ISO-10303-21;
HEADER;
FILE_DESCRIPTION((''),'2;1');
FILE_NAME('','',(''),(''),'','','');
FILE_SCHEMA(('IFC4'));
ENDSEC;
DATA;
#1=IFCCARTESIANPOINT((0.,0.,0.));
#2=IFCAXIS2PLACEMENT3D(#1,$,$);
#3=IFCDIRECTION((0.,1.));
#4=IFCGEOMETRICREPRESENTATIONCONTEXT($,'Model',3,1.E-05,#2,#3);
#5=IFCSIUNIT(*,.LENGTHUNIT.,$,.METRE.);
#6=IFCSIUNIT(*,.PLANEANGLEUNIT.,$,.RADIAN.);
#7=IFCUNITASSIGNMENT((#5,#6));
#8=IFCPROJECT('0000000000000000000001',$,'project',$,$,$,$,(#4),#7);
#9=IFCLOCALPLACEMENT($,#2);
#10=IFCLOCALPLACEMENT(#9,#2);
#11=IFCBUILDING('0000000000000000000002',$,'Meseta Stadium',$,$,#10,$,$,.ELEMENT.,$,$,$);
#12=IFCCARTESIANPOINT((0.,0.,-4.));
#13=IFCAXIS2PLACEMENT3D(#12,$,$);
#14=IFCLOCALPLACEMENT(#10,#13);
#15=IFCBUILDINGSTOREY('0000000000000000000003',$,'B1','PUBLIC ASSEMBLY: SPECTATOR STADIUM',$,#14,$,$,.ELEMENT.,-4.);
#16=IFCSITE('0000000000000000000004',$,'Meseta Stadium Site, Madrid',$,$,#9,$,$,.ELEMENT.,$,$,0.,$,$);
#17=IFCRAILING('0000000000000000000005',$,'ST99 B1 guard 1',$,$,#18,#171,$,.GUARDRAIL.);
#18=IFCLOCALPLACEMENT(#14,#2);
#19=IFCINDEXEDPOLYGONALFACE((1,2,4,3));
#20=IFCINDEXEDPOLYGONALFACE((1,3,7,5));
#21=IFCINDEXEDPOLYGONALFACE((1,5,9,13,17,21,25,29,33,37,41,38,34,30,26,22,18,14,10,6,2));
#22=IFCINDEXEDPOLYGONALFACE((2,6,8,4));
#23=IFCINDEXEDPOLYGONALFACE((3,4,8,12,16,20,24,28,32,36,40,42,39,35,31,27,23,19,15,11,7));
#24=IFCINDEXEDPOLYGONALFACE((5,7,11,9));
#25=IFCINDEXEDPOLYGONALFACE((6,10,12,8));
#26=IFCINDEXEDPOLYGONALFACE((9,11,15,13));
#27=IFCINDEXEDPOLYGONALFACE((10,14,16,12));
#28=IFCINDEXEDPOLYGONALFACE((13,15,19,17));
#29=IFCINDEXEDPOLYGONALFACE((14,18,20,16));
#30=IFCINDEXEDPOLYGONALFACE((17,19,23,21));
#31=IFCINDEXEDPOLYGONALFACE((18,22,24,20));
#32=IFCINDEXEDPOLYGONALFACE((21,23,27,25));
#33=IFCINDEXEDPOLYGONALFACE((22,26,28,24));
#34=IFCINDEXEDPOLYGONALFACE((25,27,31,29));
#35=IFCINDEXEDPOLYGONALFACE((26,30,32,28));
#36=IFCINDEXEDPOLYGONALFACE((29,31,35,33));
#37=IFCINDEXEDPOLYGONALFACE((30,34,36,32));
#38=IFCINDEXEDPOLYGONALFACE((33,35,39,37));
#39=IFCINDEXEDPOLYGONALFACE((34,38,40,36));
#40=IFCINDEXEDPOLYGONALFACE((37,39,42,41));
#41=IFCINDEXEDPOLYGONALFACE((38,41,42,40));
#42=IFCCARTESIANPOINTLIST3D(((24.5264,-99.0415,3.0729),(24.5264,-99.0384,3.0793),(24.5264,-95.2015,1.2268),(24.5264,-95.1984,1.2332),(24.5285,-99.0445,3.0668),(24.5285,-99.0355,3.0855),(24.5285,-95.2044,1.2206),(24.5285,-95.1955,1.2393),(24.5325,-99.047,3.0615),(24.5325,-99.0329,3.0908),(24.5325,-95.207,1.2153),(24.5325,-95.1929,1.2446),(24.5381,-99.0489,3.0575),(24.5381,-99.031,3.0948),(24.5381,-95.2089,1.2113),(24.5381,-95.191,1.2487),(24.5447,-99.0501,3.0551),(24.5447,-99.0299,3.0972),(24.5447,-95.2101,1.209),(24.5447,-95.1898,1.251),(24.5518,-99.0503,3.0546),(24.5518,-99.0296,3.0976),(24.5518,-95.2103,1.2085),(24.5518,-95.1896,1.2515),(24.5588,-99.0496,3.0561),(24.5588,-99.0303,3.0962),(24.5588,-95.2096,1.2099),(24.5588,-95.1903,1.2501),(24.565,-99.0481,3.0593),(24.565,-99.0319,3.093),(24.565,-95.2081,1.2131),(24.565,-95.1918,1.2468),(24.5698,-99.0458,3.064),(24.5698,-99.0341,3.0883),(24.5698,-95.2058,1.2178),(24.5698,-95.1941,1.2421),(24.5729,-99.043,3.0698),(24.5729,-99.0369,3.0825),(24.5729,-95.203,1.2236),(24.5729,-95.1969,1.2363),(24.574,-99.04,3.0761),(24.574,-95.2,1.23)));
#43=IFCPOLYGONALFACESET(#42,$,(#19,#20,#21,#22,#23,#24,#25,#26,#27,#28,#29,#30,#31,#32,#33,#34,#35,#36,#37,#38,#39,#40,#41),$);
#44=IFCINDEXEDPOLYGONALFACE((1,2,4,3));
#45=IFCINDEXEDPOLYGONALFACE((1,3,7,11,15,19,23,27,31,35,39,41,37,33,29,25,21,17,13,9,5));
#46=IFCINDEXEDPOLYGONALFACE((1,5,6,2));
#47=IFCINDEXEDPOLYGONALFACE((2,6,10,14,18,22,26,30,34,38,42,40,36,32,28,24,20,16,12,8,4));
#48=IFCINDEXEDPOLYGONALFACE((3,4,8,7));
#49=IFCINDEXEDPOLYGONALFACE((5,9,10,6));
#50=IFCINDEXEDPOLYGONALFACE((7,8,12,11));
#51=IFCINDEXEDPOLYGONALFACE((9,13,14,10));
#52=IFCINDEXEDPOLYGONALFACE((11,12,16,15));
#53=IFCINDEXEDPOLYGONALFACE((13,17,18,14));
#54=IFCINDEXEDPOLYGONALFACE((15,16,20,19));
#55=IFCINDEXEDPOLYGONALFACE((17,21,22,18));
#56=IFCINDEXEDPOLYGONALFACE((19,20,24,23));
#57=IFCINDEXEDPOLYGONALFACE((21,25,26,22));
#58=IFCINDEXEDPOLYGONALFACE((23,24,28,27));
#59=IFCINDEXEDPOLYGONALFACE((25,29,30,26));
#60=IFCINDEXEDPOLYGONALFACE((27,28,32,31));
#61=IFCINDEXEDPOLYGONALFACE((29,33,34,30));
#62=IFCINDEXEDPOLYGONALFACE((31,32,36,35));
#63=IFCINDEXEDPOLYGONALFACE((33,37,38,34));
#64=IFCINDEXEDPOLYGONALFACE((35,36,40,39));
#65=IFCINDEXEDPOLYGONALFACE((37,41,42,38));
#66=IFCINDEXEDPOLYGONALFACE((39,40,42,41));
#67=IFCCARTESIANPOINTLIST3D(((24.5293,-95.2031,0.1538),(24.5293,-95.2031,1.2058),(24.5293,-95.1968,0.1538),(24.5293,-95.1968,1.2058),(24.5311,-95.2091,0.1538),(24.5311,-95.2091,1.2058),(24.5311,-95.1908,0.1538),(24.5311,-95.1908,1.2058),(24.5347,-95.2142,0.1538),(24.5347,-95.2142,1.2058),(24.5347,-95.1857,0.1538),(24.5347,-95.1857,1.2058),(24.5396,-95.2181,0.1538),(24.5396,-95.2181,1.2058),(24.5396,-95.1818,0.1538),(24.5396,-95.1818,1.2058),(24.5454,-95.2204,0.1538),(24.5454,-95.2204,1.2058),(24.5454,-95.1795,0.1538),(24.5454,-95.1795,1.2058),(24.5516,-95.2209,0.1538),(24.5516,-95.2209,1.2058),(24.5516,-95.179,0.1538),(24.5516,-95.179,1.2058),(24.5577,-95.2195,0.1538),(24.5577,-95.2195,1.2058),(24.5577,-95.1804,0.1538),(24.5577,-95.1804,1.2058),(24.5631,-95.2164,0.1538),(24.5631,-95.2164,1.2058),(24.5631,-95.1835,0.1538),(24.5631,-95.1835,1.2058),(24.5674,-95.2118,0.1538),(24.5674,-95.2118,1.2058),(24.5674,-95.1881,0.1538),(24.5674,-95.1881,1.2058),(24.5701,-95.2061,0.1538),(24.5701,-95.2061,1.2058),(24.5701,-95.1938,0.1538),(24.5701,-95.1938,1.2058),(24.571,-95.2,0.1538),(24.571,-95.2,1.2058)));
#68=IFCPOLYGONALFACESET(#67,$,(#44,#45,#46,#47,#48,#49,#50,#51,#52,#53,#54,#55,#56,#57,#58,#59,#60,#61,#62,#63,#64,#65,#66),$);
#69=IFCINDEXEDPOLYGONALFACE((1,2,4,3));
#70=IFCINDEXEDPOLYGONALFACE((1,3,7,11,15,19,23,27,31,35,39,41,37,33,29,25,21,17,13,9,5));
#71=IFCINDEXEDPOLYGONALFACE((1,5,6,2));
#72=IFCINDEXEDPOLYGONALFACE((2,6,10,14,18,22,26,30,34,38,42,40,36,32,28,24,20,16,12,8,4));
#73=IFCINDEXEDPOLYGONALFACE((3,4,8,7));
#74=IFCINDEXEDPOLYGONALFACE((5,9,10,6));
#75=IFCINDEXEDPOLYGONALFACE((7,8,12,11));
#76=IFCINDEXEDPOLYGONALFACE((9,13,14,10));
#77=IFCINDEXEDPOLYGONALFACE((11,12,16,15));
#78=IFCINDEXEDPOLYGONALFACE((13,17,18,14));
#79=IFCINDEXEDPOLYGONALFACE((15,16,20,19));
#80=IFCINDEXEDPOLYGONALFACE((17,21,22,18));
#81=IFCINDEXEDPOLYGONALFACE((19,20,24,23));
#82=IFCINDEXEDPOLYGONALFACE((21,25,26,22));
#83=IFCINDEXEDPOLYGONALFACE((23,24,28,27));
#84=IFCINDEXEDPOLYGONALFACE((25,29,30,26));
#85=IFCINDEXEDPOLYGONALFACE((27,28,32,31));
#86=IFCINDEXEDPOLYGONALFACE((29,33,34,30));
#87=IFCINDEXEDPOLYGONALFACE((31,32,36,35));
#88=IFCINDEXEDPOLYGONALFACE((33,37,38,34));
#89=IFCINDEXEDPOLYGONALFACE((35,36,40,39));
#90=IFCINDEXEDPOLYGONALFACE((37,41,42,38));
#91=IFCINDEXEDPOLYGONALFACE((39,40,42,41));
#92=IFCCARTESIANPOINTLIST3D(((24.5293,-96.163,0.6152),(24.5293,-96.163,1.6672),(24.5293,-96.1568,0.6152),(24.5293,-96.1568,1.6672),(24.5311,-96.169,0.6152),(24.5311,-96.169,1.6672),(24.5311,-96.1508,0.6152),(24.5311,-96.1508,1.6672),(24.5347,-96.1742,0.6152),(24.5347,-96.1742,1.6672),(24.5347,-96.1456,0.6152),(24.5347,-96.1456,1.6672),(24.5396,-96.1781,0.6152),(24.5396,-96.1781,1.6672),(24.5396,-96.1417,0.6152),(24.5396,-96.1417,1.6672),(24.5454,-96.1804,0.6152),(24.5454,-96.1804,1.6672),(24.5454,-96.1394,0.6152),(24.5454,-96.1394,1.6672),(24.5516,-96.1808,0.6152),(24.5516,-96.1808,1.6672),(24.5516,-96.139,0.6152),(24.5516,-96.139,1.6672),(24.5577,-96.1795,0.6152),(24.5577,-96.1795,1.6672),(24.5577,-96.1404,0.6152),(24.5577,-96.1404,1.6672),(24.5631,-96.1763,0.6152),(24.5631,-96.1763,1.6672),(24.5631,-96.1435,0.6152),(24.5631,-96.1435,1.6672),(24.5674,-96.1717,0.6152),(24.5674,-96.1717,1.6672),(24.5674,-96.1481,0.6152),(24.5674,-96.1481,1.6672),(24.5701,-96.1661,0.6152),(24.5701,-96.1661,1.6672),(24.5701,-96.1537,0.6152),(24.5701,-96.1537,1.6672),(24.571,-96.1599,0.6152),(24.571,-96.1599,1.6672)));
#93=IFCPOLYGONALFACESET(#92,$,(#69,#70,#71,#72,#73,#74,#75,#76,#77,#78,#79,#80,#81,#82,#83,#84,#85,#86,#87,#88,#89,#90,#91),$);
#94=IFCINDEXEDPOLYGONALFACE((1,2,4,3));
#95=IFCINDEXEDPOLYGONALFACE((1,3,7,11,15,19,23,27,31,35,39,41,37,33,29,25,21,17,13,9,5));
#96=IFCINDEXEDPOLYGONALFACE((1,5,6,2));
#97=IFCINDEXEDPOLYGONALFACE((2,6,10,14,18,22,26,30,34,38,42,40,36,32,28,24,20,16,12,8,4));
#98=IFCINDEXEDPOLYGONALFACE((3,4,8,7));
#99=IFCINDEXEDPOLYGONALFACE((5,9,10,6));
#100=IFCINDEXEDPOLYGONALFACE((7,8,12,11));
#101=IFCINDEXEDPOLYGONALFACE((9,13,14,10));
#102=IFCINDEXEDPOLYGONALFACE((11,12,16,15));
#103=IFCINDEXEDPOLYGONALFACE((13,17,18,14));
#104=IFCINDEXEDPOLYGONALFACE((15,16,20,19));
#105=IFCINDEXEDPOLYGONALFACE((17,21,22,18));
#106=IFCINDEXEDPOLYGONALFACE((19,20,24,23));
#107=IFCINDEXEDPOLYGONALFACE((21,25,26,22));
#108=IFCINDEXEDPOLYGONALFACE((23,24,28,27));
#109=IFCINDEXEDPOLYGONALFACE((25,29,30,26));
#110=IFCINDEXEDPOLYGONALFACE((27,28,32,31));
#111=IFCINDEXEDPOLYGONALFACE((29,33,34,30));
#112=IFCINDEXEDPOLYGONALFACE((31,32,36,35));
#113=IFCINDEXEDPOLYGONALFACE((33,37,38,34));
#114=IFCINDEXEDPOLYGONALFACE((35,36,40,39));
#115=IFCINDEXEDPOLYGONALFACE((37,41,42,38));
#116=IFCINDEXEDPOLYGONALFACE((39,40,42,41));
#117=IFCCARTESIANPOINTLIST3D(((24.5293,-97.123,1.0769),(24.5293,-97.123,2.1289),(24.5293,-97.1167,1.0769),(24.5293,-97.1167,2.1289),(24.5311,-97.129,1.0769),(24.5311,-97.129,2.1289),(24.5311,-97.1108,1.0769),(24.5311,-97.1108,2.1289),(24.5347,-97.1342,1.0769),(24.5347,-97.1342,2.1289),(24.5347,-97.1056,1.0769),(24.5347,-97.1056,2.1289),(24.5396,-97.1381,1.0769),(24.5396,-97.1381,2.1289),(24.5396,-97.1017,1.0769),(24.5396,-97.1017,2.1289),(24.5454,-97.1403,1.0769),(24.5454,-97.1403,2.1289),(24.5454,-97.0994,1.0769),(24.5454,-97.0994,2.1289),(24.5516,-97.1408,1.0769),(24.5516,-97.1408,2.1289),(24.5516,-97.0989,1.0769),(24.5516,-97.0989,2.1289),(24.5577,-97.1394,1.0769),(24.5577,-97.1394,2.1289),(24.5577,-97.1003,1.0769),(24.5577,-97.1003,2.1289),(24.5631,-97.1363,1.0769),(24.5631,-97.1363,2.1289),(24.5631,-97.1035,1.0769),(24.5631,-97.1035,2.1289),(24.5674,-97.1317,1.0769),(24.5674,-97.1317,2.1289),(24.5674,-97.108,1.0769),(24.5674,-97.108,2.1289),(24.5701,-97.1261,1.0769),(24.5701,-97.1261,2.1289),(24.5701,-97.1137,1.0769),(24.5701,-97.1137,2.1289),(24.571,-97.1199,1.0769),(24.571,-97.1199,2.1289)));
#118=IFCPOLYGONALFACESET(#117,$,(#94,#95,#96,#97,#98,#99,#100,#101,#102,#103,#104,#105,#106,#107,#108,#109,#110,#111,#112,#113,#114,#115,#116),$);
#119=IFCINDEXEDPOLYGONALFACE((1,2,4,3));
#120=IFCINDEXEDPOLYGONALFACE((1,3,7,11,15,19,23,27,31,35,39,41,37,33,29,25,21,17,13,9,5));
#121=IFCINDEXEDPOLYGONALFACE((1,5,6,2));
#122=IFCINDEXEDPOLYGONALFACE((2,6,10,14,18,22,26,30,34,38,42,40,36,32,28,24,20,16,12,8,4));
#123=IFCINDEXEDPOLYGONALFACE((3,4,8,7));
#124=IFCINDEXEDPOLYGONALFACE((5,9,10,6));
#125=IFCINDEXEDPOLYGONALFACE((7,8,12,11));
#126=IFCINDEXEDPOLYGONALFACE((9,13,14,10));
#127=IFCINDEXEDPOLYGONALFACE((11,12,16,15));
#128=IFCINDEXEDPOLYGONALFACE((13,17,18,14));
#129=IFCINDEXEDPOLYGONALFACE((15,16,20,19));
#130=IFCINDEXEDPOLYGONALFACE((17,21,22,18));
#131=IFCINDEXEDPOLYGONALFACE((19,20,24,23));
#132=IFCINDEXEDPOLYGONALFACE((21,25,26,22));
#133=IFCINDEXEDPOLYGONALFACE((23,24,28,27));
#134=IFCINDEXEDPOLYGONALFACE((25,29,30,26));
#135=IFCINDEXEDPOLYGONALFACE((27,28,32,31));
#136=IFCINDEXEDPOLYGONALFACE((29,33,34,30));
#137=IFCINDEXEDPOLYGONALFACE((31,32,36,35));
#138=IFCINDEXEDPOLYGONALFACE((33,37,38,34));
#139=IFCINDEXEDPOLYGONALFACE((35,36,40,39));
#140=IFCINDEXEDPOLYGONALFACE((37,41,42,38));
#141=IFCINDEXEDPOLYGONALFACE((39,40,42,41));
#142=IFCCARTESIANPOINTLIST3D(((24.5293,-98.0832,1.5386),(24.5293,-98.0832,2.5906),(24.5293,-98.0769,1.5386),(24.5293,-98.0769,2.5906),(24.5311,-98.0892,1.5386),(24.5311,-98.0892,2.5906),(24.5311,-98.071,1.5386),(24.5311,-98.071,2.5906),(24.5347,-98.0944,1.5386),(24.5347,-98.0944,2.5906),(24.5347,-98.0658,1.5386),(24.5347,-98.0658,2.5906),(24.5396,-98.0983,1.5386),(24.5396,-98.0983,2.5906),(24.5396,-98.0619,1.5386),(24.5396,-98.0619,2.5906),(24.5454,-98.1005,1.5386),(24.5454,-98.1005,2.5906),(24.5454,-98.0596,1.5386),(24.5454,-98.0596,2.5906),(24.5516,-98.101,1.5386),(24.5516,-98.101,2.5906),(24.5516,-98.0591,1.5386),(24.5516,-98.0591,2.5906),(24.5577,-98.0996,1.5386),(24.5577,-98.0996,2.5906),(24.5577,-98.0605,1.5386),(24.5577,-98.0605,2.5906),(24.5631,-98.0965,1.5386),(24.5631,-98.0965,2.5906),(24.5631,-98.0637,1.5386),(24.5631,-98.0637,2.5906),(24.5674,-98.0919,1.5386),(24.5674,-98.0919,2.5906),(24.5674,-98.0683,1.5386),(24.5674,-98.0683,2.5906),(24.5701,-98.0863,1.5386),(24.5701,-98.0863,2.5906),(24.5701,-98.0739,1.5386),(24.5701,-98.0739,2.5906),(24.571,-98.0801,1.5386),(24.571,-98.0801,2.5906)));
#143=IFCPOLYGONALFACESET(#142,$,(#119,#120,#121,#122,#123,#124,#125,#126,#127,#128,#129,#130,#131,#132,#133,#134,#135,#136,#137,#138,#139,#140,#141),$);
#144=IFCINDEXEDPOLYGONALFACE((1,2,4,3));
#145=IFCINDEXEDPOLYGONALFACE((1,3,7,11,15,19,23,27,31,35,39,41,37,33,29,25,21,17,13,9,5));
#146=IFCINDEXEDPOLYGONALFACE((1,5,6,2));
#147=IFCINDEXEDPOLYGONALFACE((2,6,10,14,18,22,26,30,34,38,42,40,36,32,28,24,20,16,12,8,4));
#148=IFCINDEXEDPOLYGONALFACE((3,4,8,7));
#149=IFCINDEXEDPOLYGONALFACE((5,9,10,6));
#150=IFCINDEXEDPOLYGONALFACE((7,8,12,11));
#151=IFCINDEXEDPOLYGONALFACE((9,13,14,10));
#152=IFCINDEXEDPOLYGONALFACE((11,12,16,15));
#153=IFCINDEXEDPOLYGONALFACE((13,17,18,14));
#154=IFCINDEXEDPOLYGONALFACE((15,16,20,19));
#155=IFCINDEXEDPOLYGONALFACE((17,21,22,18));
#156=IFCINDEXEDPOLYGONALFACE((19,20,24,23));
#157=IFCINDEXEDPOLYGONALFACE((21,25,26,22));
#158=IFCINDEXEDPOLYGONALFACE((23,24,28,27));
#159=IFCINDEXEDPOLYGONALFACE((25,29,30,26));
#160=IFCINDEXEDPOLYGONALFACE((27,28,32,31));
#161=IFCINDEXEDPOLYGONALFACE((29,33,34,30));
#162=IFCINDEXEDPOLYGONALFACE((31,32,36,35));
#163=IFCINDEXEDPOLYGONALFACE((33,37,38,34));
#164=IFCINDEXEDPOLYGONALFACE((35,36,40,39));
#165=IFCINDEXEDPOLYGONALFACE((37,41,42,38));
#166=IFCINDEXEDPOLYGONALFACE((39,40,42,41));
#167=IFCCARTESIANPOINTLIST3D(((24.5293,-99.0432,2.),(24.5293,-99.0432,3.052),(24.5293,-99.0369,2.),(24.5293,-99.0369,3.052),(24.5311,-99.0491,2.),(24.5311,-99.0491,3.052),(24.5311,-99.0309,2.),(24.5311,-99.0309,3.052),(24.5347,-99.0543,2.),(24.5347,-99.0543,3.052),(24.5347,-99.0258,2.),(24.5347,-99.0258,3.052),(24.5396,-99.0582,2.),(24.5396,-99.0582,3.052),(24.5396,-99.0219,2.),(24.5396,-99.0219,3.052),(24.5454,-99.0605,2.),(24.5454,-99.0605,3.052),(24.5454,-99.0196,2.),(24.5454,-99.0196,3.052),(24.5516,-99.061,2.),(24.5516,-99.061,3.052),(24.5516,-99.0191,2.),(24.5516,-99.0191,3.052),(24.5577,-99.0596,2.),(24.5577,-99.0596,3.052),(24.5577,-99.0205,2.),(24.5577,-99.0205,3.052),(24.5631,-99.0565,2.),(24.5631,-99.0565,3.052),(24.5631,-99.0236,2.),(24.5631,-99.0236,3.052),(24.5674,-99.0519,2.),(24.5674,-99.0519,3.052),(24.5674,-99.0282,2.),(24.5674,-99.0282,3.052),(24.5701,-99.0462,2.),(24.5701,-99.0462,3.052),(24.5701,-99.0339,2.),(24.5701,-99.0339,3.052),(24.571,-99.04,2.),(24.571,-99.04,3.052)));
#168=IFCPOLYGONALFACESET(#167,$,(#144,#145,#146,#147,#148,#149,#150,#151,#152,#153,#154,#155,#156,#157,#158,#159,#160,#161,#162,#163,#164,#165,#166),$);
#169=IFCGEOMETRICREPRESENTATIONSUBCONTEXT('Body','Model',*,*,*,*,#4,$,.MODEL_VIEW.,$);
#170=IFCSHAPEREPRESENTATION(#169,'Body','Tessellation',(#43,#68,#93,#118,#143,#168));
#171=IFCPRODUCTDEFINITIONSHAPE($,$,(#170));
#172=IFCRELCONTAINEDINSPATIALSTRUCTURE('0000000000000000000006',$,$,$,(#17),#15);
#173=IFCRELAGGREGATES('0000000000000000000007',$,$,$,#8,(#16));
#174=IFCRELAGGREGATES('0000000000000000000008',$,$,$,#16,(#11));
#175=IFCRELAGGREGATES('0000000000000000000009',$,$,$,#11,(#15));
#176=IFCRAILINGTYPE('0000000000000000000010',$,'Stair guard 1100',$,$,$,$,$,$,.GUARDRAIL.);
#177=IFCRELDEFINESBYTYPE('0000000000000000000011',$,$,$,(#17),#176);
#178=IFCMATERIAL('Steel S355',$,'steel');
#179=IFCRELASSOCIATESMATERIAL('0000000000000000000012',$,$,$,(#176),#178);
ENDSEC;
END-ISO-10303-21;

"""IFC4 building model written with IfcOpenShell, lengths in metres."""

from ifc_helpers import new_model, si_unit, direction, frame, origin, origin_2d, place, context, subcontext, project, spatial, circle, extrude, material, type_object, element, save


model = new_model("IFC4")

# Units and contexts
model_context = context("Model", 3, precision=1e-05, world=origin(), true_north=direction((0.0, 1.0)))
body_context = subcontext(model_context, "Body", "Model", "MODEL_VIEW")
ifc_project = project(units=[si_unit("LENGTHUNIT", "METRE"), si_unit("PLANEANGLEUNIT", "RADIAN")], contexts=[model_context])

# Site, building, storey
site_placement = place(None, origin())
site = spatial("IfcSite", under=ifc_project, at=site_placement, Name="Meseta Stadium Site, Madrid", CompositionType="ELEMENT", RefElevation=0.0)
building_placement = place(site_placement, origin())
building = spatial("IfcBuilding", under=site, at=building_placement, Name="Meseta Stadium", CompositionType="ELEMENT")
storey_placement = place(building_placement, frame((0.0, 0.0, -4.0)))
storey = spatial("IfcBuildingStorey", under=building, at=storey_placement, Name="B1", Description="PUBLIC ASSEMBLY: SPECTATOR STADIUM", CompositionType="ELEMENT", Elevation=-4.0)

# Railing
ifc_material_1 = material(Name="Steel S355", Category="steel")
railing_type_1 = type_object("IfcRailingType", Name="Stair guard 1100", PredefinedType="GUARDRAIL", material=ifc_material_1)
railing_1_placement = place(storey_placement, frame((24.55, -95.2, 0.1538)))
element("IfcRailing", 1, at=railing_1_placement, inside=storey, type_object=railing_type_1, Name="ST99 B1 guard 1", PredefinedType="GUARDRAIL", context=body_context, shape_type="SweptSolid", body=[
    extrude(circle(Radius=0.0239, at=origin_2d()), frame((0.0, 0.0, 1.0762), z_axis=(0.0, -0.901253, 0.433294), x_axis=(1.0, 0.0, 0.0)), (0.0, 0.0, 1.0), 4.2607),
    extrude(circle(Radius=0.021, at=origin_2d()), origin(), (0.0, 0.0, 1.0), 1.052),
    extrude(circle(Radius=0.021, at=origin_2d()), frame((0.0, -0.96, 0.4614)), (0.0, 0.0, 1.0), 1.052),
    extrude(circle(Radius=0.021, at=origin_2d()), frame((0.0, -1.9199, 0.9231)), (0.0, 0.0, 1.0), 1.052),
    extrude(circle(Radius=0.021, at=origin_2d()), frame((0.0, -2.8801, 1.3848)), (0.0, 0.0, 1.0), 1.052),
    extrude(circle(Radius=0.021, at=origin_2d()), frame((0.0, -3.8401, 1.8462)), (0.0, 0.0, 1.0), 1.052),
])

save(model, "model.ifc")
